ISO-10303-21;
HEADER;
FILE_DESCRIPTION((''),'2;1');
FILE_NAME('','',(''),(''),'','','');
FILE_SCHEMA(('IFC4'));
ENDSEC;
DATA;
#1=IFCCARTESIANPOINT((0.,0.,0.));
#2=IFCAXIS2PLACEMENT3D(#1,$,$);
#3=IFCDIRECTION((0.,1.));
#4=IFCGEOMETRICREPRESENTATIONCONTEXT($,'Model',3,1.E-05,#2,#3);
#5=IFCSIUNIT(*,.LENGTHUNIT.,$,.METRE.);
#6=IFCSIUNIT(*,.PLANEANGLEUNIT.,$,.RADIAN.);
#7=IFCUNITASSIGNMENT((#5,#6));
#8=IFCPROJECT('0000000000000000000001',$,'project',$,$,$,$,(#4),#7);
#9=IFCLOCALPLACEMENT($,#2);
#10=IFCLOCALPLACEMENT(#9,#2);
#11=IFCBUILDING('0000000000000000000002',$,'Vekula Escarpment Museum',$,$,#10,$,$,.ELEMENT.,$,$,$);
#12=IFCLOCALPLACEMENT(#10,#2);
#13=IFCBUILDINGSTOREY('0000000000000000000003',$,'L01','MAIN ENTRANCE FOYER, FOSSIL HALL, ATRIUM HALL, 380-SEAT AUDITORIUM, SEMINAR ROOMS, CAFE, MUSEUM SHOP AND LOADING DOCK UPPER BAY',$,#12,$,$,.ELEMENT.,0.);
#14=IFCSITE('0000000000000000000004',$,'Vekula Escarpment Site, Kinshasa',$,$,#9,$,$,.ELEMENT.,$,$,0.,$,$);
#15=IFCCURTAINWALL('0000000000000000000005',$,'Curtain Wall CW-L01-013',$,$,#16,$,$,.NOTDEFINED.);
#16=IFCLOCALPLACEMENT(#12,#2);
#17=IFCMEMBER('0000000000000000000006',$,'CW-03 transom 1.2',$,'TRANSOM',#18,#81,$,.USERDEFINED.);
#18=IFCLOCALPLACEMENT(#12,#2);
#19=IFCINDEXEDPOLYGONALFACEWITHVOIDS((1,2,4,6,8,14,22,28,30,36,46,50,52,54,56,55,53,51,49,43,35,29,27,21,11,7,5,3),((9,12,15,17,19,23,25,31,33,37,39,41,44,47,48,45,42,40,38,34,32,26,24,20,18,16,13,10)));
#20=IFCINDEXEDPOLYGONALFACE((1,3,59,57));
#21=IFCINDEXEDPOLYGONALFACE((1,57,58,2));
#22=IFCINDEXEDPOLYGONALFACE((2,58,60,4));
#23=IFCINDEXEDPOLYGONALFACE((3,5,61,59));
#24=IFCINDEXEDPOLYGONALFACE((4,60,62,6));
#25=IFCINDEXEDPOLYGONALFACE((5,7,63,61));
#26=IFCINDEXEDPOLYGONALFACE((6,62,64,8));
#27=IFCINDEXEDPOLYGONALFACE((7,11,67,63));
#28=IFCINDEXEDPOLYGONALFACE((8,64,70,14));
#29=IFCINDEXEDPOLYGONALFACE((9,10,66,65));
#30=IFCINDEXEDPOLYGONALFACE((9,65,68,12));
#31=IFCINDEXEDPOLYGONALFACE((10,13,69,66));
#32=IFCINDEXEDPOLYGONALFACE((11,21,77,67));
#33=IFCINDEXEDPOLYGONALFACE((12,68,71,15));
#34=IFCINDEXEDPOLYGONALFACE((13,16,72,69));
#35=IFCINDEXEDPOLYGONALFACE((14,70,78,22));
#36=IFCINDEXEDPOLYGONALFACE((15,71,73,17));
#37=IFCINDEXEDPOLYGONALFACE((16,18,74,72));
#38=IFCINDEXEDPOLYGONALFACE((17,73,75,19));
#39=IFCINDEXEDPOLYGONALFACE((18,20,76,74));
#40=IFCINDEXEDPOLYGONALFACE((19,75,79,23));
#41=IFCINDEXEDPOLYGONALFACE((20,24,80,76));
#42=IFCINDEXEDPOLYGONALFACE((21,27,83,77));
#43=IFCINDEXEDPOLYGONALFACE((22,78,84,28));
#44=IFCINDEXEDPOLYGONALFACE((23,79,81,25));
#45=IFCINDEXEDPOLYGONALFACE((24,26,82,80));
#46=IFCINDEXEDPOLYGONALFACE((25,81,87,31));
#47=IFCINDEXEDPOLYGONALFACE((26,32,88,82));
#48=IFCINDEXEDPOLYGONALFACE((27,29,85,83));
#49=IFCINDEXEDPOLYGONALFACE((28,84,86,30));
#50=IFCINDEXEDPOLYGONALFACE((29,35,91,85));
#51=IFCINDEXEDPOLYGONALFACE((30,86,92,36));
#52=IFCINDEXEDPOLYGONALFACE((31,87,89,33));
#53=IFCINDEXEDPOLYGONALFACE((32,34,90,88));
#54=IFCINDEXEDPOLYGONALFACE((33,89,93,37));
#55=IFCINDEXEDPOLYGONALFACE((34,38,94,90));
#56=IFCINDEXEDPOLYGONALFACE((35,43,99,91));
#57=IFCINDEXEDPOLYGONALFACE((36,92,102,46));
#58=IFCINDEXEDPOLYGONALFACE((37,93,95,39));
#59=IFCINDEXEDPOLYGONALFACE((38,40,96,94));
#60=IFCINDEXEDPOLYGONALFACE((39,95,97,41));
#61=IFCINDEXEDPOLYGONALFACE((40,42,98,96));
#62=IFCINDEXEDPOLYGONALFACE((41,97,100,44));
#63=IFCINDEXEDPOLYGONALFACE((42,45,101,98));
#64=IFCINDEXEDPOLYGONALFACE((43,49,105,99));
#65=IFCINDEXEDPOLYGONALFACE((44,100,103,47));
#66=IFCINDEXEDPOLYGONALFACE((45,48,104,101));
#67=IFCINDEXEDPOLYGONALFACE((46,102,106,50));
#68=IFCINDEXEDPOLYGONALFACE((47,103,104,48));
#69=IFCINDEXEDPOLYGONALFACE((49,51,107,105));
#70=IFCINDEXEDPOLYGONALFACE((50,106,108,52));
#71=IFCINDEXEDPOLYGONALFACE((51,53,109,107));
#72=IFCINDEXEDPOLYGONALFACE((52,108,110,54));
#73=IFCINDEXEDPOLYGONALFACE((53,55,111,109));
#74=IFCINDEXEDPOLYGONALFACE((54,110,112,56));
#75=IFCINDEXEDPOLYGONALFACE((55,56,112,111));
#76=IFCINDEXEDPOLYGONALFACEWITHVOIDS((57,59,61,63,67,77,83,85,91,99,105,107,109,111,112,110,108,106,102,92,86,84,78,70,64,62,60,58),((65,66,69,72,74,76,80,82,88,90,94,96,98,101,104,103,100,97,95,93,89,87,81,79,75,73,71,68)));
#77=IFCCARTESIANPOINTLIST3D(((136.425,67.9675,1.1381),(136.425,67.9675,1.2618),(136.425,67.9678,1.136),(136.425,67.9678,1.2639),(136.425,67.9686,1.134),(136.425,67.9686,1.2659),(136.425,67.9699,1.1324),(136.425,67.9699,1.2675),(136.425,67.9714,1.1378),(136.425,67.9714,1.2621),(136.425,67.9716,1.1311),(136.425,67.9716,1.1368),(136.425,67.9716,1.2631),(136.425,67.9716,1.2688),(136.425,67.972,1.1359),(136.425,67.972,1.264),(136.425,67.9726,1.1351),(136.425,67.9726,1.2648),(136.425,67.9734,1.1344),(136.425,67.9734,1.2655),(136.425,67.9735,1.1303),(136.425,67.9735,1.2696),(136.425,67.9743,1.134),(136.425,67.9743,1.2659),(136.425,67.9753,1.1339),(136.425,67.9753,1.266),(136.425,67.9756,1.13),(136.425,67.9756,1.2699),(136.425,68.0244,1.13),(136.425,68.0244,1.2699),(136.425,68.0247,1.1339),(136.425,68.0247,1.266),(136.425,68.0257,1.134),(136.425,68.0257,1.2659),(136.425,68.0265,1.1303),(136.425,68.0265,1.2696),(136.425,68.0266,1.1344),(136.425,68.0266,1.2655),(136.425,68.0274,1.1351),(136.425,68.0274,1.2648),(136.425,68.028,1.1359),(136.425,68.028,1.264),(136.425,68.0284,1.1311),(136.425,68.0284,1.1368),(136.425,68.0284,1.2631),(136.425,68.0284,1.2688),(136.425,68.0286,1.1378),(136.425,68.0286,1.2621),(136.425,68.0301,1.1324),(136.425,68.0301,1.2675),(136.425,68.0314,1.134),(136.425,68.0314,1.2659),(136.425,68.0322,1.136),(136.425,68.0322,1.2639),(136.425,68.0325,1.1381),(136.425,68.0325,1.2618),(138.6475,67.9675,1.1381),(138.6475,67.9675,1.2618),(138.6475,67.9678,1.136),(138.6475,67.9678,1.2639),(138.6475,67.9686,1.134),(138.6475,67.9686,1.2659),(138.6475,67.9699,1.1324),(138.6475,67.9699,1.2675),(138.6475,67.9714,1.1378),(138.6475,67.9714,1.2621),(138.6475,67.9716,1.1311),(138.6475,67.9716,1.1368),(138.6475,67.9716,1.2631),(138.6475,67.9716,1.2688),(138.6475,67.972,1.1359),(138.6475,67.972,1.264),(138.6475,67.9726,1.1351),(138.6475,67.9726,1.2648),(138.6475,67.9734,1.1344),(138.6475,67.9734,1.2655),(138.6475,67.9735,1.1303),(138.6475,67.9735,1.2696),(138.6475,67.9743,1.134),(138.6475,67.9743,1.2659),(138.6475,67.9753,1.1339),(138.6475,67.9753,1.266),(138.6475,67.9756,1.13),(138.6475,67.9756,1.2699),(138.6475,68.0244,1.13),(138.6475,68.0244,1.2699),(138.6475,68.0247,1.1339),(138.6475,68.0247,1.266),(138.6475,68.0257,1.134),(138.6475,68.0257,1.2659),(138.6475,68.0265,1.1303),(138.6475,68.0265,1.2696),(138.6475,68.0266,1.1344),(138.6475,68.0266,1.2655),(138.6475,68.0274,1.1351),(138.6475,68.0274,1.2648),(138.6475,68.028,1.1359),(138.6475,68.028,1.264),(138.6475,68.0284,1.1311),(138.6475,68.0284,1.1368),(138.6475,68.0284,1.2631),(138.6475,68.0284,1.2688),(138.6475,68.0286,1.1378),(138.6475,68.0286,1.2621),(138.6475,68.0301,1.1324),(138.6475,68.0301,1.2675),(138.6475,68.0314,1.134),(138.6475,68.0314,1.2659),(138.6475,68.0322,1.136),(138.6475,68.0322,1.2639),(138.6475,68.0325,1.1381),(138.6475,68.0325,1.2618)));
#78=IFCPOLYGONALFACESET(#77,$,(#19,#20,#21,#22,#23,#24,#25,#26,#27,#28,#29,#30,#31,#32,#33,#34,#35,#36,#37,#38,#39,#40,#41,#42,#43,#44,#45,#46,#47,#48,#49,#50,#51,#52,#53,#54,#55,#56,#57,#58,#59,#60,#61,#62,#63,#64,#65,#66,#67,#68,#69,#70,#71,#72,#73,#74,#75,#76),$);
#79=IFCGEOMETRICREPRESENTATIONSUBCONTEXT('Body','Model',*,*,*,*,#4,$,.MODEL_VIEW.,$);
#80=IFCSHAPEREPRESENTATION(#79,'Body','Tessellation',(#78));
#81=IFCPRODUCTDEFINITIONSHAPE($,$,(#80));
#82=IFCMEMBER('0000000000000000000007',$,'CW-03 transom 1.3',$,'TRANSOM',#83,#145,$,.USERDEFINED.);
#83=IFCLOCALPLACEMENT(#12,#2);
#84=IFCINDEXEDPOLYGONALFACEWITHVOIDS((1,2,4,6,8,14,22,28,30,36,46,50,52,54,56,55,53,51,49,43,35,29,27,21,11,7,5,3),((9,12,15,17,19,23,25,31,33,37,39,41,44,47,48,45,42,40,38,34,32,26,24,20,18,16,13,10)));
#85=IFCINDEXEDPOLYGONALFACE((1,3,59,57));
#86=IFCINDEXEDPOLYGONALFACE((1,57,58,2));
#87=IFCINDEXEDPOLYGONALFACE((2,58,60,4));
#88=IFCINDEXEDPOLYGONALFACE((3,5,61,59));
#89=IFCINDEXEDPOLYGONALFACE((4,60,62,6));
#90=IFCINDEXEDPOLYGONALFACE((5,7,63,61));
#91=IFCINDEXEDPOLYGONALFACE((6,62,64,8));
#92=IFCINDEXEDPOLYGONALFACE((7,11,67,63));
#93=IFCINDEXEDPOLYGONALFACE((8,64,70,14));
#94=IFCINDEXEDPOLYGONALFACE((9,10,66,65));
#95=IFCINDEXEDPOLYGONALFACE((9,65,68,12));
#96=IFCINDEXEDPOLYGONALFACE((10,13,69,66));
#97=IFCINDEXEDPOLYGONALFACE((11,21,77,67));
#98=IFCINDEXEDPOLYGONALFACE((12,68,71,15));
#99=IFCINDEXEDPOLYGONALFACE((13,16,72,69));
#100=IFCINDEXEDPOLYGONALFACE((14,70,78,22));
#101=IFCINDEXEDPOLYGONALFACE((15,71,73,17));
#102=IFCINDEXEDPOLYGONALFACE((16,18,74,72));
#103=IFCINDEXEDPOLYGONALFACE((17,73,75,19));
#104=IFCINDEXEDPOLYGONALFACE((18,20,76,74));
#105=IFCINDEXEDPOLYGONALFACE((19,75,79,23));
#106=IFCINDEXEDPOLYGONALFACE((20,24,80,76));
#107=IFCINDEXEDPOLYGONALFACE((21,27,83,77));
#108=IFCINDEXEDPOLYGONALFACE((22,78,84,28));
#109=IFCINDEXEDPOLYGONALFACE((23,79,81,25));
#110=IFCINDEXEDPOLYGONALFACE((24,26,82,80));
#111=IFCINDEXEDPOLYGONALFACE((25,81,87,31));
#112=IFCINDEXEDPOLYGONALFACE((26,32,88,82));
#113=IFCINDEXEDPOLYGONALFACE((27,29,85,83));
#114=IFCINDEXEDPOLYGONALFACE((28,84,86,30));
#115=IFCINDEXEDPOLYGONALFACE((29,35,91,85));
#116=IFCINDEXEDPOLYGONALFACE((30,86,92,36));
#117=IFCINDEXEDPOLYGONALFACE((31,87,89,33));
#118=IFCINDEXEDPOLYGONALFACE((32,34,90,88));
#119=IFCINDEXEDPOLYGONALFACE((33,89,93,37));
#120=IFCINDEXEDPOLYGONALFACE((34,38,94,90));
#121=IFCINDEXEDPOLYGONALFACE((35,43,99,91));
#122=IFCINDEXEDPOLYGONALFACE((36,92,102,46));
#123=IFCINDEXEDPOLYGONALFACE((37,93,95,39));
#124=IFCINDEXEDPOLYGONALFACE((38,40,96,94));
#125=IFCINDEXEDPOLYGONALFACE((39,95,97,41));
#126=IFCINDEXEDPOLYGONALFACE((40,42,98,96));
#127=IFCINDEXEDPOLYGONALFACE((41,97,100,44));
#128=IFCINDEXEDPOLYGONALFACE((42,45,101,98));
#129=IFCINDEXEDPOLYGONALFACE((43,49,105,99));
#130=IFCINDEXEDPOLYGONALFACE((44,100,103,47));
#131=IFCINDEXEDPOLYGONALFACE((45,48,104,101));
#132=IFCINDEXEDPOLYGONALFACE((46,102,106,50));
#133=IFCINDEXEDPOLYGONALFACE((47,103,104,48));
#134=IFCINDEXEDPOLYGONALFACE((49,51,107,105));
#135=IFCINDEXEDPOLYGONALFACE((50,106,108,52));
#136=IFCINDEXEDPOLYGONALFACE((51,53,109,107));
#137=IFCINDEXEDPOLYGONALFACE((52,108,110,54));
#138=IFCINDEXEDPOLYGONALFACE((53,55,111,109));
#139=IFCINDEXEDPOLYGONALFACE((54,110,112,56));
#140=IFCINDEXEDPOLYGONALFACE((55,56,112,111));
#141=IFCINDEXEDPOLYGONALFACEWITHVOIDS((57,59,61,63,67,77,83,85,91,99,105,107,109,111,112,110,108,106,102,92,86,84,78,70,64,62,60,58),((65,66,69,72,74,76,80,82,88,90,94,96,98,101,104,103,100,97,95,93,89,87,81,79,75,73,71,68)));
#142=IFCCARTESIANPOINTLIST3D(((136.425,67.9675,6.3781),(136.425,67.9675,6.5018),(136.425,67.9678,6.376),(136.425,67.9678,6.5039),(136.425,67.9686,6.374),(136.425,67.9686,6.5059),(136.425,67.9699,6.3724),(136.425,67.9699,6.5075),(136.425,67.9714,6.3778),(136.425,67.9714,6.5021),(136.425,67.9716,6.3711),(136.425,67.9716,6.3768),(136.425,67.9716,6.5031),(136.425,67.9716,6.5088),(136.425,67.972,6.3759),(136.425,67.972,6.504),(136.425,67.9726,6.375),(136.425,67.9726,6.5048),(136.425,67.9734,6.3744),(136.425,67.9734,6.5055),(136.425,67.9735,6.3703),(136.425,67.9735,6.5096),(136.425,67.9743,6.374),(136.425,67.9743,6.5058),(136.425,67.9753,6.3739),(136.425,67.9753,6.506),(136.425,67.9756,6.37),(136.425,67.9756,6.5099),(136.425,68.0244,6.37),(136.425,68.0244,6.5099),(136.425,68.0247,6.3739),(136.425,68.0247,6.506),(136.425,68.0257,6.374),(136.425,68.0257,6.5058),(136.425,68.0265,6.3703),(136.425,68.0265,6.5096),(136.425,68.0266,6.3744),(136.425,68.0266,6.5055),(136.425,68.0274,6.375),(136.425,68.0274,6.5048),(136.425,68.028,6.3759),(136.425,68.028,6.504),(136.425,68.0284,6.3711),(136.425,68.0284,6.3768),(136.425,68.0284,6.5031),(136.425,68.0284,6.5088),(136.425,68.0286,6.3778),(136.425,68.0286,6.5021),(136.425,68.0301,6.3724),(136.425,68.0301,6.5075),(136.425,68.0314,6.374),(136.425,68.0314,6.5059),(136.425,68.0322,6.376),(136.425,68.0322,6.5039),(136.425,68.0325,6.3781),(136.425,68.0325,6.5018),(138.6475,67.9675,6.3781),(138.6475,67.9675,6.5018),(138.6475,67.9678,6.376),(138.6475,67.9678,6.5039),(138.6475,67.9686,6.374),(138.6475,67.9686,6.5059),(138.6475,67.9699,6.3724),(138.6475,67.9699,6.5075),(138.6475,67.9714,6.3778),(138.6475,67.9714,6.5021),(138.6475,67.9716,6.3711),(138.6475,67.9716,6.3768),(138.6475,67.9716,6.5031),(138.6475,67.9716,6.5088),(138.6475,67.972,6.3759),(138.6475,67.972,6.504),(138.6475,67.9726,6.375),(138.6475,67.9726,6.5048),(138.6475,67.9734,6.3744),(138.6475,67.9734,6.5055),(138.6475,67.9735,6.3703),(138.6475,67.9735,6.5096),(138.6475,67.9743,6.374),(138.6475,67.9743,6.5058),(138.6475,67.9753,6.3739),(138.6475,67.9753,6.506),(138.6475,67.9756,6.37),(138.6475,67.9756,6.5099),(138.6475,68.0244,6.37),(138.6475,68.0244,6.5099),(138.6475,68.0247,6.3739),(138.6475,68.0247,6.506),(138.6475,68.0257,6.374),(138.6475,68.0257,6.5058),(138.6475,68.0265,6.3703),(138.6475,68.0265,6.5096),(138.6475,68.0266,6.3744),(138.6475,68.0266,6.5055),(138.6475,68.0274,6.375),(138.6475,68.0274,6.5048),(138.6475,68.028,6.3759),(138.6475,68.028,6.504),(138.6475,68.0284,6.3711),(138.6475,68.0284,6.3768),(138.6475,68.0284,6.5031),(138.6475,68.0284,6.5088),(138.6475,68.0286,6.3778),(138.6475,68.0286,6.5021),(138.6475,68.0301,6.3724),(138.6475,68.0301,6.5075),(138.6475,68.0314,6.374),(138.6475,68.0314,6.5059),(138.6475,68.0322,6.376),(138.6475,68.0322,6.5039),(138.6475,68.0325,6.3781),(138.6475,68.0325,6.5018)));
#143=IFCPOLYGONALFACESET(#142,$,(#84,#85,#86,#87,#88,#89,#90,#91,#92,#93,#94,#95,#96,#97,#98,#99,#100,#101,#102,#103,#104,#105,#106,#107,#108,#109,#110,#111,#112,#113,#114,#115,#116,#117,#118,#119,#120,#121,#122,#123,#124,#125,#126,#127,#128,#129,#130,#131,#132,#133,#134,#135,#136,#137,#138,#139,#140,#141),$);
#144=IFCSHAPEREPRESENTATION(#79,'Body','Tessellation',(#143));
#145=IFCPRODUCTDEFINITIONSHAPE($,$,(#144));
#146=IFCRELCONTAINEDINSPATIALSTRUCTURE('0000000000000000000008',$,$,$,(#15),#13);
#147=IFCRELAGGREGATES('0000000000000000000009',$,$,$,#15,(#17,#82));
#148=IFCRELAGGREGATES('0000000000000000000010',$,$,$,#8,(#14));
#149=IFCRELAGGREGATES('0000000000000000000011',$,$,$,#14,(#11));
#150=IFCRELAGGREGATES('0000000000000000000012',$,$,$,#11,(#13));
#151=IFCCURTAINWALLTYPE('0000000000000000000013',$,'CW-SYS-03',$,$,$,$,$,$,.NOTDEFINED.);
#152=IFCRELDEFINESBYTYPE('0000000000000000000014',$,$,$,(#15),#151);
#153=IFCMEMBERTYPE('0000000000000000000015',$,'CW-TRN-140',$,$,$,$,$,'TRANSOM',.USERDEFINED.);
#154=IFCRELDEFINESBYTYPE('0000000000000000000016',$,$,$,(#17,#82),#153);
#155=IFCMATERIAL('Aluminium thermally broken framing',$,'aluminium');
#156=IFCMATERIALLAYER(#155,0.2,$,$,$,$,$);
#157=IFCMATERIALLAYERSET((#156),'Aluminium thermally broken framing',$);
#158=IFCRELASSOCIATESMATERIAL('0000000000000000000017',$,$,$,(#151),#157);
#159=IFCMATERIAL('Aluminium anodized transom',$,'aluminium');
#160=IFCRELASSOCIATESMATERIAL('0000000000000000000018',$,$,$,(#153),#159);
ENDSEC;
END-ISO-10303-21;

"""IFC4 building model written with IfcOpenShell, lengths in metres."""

from ifc_helpers import new_model, si_unit, direction, frame, origin, origin_2d, place, context, subcontext, project, spatial, hollow_rectangle, extrude, material, layer, layer_set, material_profile, profile_set, type_object, element, aggregate, save


model = new_model("IFC4")

# Units and contexts
model_context = context("Model", 3, precision=1e-05, world=origin(), true_north=direction((0.0, 1.0)))
body_context = subcontext(model_context, "Body", "Model", "MODEL_VIEW")
ifc_project = project(units=[si_unit("LENGTHUNIT", "METRE"), si_unit("PLANEANGLEUNIT", "RADIAN")], contexts=[model_context])

# Site, building, storey
site_placement = place(None, origin())
site = spatial("IfcSite", under=ifc_project, at=site_placement, Name="Vekula Escarpment Site, Kinshasa", CompositionType="ELEMENT", RefElevation=0.0)
building_placement = place(site_placement, origin())
building = spatial("IfcBuilding", under=site, at=building_placement, Name="Vekula Escarpment Museum", CompositionType="ELEMENT")
storey_placement = place(building_placement, origin())
storey = spatial("IfcBuildingStorey", under=building, at=storey_placement, Name="L01", Description="MAIN ENTRANCE FOYER, FOSSIL HALL, ATRIUM HALL, 380-SEAT AUDITORIUM, SEMINAR ROOMS, CAFE, MUSEUM SHOP AND LOADING DOCK UPPER BAY", CompositionType="ELEMENT", Elevation=0.0)

# Curtain wall, members
ifc_material_1 = material(Name="Aluminium thermally broken framing", Category="aluminium")
ifc_layer_1 = layer(ifc_material_1, 0.2)
ifc_layer_set_1 = layer_set([ifc_layer_1], Name="Aluminium thermally broken framing")
curtain_wall_type = type_object("IfcCurtainWallType", Name="CW-SYS-03", PredefinedType="NOTDEFINED", material=ifc_layer_set_1)
curtain_wall_placement = place(storey_placement, origin())
curtain_wall = element("IfcCurtainWall", 1, at=curtain_wall_placement, inside=storey, type_object=curtain_wall_type, Name="Curtain Wall CW-L01-013", PredefinedType="NOTDEFINED")
ifc_material_2 = material(Name="Aluminium anodized transom", Category="aluminium")
ifc_material_profile_1 = material_profile(ifc_material_2, hollow_rectangle(XDim=0.0649, YDim=0.1399, WallThickness=0.0039, InnerFilletRadius=0.0039, OuterFilletRadius=0.0081, at=origin_2d()), Name="ALU 140x65x4")
ifc_profile_set_1 = profile_set([ifc_material_profile_1], Name="Aluminium anodized transom")
member_type_1 = type_object("IfcMemberType", Name="CW-TRN-140", ElementType="TRANSOM", PredefinedType="USERDEFINED", material=ifc_profile_set_1)
member_1_placement = place(storey_placement, frame((136.425, 68.0, 1.2), z_axis=(1.0, 0.0, 0.0), x_axis=(0.0, 1.0, 0.0)))
member_1 = element("IfcMember", 2, at=member_1_placement, type_object=member_type_1, Name="CW-03 transom 1.2", ObjectType="TRANSOM", PredefinedType="USERDEFINED", context=body_context, shape_type="SweptSolid", body=[
    extrude(hollow_rectangle(XDim=0.0649, YDim=0.1399, WallThickness=0.0039, InnerFilletRadius=0.0039, OuterFilletRadius=0.0081, at=origin_2d()), origin(), (0.0, 0.0, 1.0), 2.2224),
])
member_2_placement = place(storey_placement, frame((136.425, 68.0, 6.4399), z_axis=(1.0, 0.0, 0.0), x_axis=(0.0, 1.0, 0.0)))
member_2 = element("IfcMember", 3, at=member_2_placement, type_object=member_type_1, Name="CW-03 transom 1.3", ObjectType="TRANSOM", PredefinedType="USERDEFINED", context=body_context, shape_type="SweptSolid", body=[
    extrude(hollow_rectangle(XDim=0.0649, YDim=0.1399, WallThickness=0.0039, InnerFilletRadius=0.0039, OuterFilletRadius=0.0081, at=origin_2d()), origin(), (0.0, 0.0, 1.0), 2.2224),
])
aggregate(curtain_wall, [member_1, member_2])

save(model, "model.ifc")
